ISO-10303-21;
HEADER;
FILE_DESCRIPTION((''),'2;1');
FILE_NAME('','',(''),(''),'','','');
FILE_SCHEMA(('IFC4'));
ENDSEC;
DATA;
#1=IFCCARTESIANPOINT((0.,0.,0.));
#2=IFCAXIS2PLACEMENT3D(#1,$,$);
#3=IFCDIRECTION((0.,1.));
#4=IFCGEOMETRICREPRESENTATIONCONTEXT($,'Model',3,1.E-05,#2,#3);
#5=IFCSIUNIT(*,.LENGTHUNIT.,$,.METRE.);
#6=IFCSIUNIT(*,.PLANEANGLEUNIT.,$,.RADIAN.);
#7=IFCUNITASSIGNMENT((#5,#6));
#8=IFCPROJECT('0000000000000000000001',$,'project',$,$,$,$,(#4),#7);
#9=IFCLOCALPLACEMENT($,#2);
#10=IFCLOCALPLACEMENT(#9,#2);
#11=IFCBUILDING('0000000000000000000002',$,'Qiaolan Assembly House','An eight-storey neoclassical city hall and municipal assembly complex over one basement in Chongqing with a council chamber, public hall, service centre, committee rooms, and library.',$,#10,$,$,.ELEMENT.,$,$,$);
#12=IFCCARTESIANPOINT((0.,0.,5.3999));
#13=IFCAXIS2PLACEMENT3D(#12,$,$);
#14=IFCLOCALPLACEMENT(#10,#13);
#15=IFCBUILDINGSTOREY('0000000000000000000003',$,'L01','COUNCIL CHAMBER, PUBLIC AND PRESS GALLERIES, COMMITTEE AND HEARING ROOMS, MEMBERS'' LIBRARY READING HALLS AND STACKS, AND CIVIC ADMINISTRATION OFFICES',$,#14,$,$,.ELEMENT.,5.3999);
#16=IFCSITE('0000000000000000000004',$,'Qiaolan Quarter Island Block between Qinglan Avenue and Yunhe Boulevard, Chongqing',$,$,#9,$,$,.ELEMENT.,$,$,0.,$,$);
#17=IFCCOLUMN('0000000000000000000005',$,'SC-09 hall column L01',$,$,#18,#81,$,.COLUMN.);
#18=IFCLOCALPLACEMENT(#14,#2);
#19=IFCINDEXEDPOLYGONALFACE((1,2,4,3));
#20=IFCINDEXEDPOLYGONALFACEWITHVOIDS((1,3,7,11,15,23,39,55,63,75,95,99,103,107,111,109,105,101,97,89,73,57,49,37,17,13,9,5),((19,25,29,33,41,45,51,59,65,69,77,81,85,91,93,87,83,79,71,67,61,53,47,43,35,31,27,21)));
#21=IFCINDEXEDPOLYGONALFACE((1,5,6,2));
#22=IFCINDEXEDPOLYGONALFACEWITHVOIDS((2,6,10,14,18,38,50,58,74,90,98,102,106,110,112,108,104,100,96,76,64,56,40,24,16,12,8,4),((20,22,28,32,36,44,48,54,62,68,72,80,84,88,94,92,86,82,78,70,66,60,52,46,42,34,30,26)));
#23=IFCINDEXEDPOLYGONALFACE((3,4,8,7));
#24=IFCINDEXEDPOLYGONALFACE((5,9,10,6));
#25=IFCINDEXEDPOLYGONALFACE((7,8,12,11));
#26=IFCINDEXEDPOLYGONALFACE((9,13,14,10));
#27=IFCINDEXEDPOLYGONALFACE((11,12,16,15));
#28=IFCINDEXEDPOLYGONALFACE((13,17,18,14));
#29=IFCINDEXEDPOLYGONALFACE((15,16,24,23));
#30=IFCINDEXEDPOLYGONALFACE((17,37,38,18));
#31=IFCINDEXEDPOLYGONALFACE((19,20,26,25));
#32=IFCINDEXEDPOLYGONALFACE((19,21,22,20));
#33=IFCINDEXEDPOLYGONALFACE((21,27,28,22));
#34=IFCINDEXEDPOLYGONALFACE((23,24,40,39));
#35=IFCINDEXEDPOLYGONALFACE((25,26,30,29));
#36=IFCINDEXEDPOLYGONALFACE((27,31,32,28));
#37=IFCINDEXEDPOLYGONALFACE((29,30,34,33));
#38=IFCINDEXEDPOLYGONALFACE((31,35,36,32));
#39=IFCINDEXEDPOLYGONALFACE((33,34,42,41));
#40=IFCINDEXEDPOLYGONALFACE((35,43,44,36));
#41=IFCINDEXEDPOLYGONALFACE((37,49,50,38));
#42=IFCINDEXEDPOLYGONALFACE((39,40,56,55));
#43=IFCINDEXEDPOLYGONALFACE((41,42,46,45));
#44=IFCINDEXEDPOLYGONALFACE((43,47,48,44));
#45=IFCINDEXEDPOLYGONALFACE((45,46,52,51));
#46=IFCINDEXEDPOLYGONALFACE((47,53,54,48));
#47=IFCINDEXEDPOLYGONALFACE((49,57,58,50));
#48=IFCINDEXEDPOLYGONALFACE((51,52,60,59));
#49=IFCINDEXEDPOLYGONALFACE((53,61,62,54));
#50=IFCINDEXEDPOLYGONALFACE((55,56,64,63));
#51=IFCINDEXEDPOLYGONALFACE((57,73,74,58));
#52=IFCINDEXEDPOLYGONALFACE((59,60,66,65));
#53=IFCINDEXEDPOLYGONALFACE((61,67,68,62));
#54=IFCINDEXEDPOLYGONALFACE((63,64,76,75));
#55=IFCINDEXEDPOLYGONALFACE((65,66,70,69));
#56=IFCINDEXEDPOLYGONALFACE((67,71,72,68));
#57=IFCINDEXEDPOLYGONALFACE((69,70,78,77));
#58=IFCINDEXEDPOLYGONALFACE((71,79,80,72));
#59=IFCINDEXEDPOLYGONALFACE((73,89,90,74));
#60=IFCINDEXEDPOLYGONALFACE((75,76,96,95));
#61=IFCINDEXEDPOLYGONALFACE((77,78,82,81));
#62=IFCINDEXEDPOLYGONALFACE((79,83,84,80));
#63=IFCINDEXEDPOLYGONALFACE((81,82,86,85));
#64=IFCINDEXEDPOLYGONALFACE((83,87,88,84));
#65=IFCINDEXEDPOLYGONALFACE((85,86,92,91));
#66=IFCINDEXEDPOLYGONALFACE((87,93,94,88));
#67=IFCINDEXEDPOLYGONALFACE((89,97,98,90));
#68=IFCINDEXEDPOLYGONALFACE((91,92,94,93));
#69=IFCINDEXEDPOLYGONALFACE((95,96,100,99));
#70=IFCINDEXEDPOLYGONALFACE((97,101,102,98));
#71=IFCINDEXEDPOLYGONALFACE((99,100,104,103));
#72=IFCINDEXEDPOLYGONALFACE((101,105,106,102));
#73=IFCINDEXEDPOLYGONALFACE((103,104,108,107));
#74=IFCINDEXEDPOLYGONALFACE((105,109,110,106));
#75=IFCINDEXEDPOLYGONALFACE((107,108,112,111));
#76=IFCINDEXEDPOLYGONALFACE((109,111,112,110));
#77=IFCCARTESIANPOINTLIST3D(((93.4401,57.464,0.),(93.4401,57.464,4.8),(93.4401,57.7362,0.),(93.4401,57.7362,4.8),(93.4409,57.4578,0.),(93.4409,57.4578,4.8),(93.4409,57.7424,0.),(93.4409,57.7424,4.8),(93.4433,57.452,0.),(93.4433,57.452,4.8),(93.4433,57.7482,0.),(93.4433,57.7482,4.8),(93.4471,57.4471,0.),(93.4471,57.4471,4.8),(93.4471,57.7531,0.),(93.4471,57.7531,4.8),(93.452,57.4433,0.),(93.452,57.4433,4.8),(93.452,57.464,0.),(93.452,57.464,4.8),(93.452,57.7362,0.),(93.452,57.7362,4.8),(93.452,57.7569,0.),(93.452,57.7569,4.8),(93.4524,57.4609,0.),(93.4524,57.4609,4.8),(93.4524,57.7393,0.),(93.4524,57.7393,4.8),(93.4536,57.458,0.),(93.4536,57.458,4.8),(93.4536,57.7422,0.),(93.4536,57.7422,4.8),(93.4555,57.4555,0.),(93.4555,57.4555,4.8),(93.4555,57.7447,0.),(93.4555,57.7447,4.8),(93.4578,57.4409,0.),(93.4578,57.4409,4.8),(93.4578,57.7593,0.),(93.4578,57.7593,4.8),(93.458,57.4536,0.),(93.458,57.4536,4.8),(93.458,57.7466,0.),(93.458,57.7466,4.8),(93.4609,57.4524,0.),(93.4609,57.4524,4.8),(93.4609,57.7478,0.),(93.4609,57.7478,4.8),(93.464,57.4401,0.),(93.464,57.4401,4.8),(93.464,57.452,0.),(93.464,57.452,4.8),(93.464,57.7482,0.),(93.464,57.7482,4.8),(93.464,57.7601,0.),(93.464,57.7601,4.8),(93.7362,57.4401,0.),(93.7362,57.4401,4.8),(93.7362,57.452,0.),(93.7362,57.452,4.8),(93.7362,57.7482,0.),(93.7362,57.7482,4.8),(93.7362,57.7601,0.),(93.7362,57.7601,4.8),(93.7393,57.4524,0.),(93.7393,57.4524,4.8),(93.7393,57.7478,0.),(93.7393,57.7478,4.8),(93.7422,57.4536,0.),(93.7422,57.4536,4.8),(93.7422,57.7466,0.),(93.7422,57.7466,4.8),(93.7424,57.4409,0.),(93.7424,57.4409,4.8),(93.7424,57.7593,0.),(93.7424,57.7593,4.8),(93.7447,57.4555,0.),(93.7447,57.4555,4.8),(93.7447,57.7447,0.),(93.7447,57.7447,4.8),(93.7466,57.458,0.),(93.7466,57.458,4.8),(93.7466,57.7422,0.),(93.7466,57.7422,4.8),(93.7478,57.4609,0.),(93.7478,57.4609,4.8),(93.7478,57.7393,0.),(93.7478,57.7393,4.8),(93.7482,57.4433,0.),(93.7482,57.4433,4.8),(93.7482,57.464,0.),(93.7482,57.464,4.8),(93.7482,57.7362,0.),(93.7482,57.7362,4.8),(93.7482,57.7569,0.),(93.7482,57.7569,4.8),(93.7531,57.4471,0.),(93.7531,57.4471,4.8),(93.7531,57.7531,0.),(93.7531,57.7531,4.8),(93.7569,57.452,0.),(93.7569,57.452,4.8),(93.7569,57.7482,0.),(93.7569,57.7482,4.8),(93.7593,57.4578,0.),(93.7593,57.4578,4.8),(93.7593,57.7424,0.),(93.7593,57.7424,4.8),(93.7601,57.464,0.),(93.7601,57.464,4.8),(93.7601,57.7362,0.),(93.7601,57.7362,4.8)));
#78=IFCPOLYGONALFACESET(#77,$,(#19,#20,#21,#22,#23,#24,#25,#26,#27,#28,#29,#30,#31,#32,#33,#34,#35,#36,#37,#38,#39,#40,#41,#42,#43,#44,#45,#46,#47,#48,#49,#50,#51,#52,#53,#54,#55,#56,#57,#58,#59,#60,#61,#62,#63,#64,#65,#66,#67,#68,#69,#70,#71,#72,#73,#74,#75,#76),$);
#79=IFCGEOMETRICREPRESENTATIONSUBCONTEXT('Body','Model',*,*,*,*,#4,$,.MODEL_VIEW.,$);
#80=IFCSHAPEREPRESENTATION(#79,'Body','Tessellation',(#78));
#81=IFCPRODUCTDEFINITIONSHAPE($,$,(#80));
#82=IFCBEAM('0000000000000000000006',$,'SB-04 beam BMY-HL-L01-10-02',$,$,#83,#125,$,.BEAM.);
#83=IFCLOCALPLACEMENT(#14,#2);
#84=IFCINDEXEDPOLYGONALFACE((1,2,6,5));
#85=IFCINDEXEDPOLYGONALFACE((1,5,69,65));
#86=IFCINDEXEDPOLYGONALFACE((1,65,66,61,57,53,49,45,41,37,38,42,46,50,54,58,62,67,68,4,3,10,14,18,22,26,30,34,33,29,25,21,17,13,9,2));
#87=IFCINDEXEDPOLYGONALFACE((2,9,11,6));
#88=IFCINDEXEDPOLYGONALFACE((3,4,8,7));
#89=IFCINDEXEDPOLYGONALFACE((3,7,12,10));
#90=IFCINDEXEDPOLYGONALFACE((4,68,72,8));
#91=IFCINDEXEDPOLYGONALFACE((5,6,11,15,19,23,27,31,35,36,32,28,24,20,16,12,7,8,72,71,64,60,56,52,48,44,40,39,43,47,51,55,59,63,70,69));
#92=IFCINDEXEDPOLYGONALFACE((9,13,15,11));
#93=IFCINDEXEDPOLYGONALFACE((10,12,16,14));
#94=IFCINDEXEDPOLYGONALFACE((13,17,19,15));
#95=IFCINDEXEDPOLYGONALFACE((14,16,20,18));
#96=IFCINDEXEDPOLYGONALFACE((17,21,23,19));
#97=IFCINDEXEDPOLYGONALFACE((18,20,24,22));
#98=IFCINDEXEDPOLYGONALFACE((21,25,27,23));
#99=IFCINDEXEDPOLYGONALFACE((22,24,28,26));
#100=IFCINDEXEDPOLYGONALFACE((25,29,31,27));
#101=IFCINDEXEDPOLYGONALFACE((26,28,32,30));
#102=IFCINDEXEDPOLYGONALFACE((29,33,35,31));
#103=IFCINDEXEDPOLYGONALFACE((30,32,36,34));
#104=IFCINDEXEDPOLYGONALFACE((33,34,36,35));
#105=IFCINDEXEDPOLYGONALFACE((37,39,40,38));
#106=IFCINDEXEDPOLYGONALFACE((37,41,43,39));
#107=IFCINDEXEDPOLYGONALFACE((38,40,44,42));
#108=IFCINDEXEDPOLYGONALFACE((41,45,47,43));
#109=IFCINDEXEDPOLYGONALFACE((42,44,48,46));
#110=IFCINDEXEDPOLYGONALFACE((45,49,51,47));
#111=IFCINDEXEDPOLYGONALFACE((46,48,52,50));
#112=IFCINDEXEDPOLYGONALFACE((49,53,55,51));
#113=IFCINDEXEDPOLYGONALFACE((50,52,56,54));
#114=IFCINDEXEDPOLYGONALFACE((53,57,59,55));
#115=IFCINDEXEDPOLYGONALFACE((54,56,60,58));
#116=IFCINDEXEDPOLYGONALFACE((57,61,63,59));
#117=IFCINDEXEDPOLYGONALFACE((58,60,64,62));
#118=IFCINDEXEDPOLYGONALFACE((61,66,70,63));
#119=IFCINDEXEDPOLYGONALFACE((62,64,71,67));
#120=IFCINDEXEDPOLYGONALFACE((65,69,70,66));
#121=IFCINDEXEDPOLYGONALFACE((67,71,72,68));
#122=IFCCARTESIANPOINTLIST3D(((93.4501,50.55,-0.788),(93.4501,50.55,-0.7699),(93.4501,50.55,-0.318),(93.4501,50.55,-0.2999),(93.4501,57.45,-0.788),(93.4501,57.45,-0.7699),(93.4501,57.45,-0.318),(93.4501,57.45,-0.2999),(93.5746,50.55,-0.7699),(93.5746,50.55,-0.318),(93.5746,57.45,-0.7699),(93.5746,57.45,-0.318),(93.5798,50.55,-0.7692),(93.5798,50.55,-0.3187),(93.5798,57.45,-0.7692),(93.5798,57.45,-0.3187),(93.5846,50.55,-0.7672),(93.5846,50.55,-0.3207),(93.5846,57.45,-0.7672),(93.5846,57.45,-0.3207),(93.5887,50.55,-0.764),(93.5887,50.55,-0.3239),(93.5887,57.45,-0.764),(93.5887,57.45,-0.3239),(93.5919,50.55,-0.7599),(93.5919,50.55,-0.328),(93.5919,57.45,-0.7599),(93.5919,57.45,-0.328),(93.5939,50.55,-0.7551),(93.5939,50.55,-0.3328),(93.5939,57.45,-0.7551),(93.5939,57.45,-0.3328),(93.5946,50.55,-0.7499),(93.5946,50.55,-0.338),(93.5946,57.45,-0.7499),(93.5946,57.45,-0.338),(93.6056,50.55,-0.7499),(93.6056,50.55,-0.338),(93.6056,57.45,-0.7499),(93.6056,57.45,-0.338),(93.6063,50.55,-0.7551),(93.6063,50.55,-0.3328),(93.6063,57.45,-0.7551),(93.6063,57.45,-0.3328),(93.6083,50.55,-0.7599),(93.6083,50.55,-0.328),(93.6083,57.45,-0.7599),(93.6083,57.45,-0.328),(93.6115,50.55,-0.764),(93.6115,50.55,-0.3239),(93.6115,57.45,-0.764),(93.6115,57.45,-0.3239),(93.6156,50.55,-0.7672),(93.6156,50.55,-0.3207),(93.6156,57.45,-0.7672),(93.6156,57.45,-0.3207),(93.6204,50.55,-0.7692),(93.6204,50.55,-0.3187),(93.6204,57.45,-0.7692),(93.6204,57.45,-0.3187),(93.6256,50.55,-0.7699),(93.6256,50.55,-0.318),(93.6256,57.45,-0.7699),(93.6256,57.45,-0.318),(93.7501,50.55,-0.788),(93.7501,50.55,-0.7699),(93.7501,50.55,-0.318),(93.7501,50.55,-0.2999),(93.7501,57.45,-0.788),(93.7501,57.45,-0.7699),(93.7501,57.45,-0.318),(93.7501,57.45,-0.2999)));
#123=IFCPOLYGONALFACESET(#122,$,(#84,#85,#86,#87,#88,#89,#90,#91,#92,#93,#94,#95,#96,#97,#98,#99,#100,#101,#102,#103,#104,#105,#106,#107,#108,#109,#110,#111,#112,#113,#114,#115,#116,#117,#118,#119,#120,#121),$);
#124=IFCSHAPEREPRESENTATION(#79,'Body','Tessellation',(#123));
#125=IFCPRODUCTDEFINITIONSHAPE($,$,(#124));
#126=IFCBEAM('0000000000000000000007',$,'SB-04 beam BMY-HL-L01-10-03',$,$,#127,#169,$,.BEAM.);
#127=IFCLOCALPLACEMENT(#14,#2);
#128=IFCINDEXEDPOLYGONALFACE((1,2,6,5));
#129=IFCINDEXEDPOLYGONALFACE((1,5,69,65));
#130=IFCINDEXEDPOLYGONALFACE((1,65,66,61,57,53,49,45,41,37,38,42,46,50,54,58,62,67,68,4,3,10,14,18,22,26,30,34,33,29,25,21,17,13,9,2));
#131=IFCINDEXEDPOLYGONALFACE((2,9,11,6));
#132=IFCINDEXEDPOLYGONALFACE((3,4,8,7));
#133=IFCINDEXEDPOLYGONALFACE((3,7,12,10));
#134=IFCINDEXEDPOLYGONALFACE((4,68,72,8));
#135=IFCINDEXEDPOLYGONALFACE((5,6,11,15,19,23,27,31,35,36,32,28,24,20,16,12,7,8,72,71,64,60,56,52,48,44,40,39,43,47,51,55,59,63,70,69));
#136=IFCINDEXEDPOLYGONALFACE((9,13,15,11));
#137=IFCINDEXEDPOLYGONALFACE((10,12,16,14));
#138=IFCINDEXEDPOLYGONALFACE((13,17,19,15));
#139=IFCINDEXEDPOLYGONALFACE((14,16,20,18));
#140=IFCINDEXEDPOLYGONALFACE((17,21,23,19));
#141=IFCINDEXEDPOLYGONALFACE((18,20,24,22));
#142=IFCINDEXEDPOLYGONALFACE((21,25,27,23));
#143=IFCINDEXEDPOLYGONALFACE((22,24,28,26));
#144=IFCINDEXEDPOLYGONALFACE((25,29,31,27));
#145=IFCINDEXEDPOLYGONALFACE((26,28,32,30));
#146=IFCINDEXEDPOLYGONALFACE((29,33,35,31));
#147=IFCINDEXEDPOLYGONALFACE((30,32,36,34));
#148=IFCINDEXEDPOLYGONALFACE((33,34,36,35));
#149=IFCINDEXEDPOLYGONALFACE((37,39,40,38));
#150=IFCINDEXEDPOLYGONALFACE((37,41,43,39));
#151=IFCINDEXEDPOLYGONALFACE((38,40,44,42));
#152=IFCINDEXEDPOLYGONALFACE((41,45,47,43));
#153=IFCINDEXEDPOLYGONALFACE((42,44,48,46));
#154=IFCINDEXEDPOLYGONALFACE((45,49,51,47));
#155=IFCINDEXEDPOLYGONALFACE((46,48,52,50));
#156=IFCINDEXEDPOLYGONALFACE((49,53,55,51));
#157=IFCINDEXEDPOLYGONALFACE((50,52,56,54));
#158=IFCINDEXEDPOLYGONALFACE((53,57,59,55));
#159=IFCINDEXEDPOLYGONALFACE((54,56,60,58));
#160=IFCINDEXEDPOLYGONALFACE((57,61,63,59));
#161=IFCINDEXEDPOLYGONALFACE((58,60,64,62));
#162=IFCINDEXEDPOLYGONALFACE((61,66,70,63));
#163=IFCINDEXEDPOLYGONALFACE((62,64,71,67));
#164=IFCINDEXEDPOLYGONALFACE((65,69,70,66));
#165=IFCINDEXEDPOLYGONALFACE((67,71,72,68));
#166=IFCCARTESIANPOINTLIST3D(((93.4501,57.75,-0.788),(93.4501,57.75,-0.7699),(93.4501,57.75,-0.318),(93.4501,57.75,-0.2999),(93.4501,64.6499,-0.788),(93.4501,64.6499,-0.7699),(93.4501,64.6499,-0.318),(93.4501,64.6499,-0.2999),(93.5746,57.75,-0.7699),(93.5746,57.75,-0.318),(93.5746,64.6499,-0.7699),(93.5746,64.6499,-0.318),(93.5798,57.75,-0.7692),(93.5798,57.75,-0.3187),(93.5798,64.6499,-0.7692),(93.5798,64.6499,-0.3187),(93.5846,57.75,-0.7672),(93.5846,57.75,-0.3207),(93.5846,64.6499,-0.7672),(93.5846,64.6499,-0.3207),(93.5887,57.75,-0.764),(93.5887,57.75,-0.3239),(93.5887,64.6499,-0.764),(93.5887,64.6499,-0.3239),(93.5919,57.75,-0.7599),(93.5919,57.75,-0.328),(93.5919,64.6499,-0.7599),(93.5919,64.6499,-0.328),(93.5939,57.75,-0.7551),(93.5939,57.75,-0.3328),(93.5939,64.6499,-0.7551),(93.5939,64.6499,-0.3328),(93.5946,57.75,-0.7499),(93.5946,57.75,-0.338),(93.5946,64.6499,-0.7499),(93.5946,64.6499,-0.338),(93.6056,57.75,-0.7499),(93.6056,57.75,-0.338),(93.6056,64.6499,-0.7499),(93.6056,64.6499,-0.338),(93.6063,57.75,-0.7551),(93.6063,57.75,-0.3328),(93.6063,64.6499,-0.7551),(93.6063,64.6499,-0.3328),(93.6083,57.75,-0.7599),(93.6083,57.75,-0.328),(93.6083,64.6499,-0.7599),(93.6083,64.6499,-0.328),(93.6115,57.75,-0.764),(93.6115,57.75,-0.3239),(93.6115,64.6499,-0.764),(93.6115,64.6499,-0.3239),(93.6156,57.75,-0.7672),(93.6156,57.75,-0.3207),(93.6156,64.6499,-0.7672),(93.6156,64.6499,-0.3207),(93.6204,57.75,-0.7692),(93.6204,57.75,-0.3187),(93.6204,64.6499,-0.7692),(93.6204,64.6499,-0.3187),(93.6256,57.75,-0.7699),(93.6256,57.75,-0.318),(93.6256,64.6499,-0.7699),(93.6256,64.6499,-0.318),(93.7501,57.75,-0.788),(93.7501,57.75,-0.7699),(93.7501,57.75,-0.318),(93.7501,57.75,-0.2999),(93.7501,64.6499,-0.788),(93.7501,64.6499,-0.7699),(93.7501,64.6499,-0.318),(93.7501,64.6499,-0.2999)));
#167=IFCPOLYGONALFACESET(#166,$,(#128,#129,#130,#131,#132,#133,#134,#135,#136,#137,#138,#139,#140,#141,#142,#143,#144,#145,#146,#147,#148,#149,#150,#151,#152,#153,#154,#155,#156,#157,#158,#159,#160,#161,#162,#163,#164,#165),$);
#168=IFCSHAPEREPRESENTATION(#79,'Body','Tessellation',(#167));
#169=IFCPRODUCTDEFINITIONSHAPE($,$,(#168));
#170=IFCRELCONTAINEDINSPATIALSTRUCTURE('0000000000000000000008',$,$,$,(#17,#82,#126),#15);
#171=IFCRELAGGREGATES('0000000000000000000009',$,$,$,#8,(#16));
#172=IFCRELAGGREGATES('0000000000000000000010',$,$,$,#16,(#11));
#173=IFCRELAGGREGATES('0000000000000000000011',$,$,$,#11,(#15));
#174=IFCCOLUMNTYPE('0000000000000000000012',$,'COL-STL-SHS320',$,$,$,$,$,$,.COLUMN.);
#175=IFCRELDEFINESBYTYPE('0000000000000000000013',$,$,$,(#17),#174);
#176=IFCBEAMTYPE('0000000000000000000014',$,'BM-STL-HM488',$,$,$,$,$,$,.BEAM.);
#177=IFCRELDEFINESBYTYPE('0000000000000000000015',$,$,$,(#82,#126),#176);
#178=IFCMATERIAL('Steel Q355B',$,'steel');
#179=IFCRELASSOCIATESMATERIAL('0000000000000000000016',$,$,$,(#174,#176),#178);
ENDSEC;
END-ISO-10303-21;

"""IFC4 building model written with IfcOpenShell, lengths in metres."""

from ifc_helpers import new_model, si_unit, direction, frame, origin, origin_2d, place, context, subcontext, project, spatial, hollow_rectangle, i_section, extrude, material, material_profile, profile_set, type_object, element, save


model = new_model("IFC4")

# Units and contexts
model_context = context("Model", 3, precision=1e-05, world=origin(), true_north=direction((0.0, 1.0)))
body_context = subcontext(model_context, "Body", "Model", "MODEL_VIEW")
ifc_project = project(units=[si_unit("LENGTHUNIT", "METRE"), si_unit("PLANEANGLEUNIT", "RADIAN")], contexts=[model_context])

# Site, building, storey
site_placement = place(None, origin())
site = spatial("IfcSite", under=ifc_project, at=site_placement, Name="Qiaolan Quarter Island Block between Qinglan Avenue and Yunhe Boulevard, Chongqing", CompositionType="ELEMENT", RefElevation=0.0)
building_placement = place(site_placement, origin())
building = spatial("IfcBuilding", under=site, at=building_placement, Name="Qiaolan Assembly House", Description="An eight-storey neoclassical city hall and municipal assembly complex over one basement in Chongqing with a council chamber, public hall, service centre, committee rooms, and library.", CompositionType="ELEMENT")
storey_placement = place(building_placement, frame((0.0, 0.0, 5.3999)))
storey = spatial("IfcBuildingStorey", under=building, at=storey_placement, Name="L01", Description="COUNCIL CHAMBER, PUBLIC AND PRESS GALLERIES, COMMITTEE AND HEARING ROOMS, MEMBERS' LIBRARY READING HALLS AND STACKS, AND CIVIC ADMINISTRATION OFFICES", CompositionType="ELEMENT", Elevation=5.3999)

# Column
ifc_material_1 = material(Name="Steel Q355B", Category="steel")
ifc_material_profile_1 = material_profile(ifc_material_1, hollow_rectangle(XDim=0.3201, YDim=0.3201, WallThickness=0.012, InnerFilletRadius=0.012, OuterFilletRadius=0.0239, at=origin_2d()), Name="SHS 320x320x12")
ifc_profile_set_1 = profile_set([ifc_material_profile_1], Name="Steel Q355B")
column_type_1 = type_object("IfcColumnType", Name="COL-STL-SHS320", PredefinedType="COLUMN", material=ifc_profile_set_1)
for number, where, z_axis, x_axis, name in (
    (1, (93.6001, 57.6001, 0.0), (0.0, 0.0, 1.0), (1.0, 0.0, 0.0), "SC-09 hall column L01"),
):
    element("IfcColumn", number, at=place(storey_placement, frame(where, z_axis=z_axis, x_axis=x_axis)), inside=storey, type_object=column_type_1, Name=name, PredefinedType="COLUMN", context=body_context, shape_type="SweptSolid", body=[
        extrude(hollow_rectangle(XDim=0.3201, YDim=0.3201, WallThickness=0.012, InnerFilletRadius=0.012, OuterFilletRadius=0.0239, at=origin_2d()), origin(), (0.0, 0.0, 1.0), 4.8),
    ])

# Beams
ifc_material_profile_2 = material_profile(ifc_material_1, i_section(OverallWidth=0.3, OverallDepth=0.488, WebThickness=0.011, FlangeThickness=0.0181, FilletRadius=0.02, at=origin_2d()), Name="HM 488x300x11x18")
ifc_profile_set_2 = profile_set([ifc_material_profile_2], Name="Steel Q355B")
beam_type_1 = type_object("IfcBeamType", Name="BM-STL-HM488", PredefinedType="BEAM", material=ifc_profile_set_2)
for number, where, z_axis, x_axis, name in (
    (2, (93.6001, 50.55, -0.5439), (0.0, 1.0, 0.0), (-1.0, 0.0, 0.0), "SB-04 beam BMY-HL-L01-10-02"),
    (3, (93.6001, 57.75, -0.5439), (0.0, 1.0, 0.0), (-1.0, 0.0, 0.0), "SB-04 beam BMY-HL-L01-10-03"),
):
    element("IfcBeam", number, at=place(storey_placement, frame(where, z_axis=z_axis, x_axis=x_axis)), inside=storey, type_object=beam_type_1, Name=name, PredefinedType="BEAM", context=body_context, shape_type="SweptSolid", body=[
        extrude(i_section(OverallWidth=0.3, OverallDepth=0.488, WebThickness=0.011, FlangeThickness=0.0181, FilletRadius=0.02, at=origin_2d()), origin(), (0.0, 0.0, 1.0), 6.8999),
    ])

save(model, "model.ifc")
